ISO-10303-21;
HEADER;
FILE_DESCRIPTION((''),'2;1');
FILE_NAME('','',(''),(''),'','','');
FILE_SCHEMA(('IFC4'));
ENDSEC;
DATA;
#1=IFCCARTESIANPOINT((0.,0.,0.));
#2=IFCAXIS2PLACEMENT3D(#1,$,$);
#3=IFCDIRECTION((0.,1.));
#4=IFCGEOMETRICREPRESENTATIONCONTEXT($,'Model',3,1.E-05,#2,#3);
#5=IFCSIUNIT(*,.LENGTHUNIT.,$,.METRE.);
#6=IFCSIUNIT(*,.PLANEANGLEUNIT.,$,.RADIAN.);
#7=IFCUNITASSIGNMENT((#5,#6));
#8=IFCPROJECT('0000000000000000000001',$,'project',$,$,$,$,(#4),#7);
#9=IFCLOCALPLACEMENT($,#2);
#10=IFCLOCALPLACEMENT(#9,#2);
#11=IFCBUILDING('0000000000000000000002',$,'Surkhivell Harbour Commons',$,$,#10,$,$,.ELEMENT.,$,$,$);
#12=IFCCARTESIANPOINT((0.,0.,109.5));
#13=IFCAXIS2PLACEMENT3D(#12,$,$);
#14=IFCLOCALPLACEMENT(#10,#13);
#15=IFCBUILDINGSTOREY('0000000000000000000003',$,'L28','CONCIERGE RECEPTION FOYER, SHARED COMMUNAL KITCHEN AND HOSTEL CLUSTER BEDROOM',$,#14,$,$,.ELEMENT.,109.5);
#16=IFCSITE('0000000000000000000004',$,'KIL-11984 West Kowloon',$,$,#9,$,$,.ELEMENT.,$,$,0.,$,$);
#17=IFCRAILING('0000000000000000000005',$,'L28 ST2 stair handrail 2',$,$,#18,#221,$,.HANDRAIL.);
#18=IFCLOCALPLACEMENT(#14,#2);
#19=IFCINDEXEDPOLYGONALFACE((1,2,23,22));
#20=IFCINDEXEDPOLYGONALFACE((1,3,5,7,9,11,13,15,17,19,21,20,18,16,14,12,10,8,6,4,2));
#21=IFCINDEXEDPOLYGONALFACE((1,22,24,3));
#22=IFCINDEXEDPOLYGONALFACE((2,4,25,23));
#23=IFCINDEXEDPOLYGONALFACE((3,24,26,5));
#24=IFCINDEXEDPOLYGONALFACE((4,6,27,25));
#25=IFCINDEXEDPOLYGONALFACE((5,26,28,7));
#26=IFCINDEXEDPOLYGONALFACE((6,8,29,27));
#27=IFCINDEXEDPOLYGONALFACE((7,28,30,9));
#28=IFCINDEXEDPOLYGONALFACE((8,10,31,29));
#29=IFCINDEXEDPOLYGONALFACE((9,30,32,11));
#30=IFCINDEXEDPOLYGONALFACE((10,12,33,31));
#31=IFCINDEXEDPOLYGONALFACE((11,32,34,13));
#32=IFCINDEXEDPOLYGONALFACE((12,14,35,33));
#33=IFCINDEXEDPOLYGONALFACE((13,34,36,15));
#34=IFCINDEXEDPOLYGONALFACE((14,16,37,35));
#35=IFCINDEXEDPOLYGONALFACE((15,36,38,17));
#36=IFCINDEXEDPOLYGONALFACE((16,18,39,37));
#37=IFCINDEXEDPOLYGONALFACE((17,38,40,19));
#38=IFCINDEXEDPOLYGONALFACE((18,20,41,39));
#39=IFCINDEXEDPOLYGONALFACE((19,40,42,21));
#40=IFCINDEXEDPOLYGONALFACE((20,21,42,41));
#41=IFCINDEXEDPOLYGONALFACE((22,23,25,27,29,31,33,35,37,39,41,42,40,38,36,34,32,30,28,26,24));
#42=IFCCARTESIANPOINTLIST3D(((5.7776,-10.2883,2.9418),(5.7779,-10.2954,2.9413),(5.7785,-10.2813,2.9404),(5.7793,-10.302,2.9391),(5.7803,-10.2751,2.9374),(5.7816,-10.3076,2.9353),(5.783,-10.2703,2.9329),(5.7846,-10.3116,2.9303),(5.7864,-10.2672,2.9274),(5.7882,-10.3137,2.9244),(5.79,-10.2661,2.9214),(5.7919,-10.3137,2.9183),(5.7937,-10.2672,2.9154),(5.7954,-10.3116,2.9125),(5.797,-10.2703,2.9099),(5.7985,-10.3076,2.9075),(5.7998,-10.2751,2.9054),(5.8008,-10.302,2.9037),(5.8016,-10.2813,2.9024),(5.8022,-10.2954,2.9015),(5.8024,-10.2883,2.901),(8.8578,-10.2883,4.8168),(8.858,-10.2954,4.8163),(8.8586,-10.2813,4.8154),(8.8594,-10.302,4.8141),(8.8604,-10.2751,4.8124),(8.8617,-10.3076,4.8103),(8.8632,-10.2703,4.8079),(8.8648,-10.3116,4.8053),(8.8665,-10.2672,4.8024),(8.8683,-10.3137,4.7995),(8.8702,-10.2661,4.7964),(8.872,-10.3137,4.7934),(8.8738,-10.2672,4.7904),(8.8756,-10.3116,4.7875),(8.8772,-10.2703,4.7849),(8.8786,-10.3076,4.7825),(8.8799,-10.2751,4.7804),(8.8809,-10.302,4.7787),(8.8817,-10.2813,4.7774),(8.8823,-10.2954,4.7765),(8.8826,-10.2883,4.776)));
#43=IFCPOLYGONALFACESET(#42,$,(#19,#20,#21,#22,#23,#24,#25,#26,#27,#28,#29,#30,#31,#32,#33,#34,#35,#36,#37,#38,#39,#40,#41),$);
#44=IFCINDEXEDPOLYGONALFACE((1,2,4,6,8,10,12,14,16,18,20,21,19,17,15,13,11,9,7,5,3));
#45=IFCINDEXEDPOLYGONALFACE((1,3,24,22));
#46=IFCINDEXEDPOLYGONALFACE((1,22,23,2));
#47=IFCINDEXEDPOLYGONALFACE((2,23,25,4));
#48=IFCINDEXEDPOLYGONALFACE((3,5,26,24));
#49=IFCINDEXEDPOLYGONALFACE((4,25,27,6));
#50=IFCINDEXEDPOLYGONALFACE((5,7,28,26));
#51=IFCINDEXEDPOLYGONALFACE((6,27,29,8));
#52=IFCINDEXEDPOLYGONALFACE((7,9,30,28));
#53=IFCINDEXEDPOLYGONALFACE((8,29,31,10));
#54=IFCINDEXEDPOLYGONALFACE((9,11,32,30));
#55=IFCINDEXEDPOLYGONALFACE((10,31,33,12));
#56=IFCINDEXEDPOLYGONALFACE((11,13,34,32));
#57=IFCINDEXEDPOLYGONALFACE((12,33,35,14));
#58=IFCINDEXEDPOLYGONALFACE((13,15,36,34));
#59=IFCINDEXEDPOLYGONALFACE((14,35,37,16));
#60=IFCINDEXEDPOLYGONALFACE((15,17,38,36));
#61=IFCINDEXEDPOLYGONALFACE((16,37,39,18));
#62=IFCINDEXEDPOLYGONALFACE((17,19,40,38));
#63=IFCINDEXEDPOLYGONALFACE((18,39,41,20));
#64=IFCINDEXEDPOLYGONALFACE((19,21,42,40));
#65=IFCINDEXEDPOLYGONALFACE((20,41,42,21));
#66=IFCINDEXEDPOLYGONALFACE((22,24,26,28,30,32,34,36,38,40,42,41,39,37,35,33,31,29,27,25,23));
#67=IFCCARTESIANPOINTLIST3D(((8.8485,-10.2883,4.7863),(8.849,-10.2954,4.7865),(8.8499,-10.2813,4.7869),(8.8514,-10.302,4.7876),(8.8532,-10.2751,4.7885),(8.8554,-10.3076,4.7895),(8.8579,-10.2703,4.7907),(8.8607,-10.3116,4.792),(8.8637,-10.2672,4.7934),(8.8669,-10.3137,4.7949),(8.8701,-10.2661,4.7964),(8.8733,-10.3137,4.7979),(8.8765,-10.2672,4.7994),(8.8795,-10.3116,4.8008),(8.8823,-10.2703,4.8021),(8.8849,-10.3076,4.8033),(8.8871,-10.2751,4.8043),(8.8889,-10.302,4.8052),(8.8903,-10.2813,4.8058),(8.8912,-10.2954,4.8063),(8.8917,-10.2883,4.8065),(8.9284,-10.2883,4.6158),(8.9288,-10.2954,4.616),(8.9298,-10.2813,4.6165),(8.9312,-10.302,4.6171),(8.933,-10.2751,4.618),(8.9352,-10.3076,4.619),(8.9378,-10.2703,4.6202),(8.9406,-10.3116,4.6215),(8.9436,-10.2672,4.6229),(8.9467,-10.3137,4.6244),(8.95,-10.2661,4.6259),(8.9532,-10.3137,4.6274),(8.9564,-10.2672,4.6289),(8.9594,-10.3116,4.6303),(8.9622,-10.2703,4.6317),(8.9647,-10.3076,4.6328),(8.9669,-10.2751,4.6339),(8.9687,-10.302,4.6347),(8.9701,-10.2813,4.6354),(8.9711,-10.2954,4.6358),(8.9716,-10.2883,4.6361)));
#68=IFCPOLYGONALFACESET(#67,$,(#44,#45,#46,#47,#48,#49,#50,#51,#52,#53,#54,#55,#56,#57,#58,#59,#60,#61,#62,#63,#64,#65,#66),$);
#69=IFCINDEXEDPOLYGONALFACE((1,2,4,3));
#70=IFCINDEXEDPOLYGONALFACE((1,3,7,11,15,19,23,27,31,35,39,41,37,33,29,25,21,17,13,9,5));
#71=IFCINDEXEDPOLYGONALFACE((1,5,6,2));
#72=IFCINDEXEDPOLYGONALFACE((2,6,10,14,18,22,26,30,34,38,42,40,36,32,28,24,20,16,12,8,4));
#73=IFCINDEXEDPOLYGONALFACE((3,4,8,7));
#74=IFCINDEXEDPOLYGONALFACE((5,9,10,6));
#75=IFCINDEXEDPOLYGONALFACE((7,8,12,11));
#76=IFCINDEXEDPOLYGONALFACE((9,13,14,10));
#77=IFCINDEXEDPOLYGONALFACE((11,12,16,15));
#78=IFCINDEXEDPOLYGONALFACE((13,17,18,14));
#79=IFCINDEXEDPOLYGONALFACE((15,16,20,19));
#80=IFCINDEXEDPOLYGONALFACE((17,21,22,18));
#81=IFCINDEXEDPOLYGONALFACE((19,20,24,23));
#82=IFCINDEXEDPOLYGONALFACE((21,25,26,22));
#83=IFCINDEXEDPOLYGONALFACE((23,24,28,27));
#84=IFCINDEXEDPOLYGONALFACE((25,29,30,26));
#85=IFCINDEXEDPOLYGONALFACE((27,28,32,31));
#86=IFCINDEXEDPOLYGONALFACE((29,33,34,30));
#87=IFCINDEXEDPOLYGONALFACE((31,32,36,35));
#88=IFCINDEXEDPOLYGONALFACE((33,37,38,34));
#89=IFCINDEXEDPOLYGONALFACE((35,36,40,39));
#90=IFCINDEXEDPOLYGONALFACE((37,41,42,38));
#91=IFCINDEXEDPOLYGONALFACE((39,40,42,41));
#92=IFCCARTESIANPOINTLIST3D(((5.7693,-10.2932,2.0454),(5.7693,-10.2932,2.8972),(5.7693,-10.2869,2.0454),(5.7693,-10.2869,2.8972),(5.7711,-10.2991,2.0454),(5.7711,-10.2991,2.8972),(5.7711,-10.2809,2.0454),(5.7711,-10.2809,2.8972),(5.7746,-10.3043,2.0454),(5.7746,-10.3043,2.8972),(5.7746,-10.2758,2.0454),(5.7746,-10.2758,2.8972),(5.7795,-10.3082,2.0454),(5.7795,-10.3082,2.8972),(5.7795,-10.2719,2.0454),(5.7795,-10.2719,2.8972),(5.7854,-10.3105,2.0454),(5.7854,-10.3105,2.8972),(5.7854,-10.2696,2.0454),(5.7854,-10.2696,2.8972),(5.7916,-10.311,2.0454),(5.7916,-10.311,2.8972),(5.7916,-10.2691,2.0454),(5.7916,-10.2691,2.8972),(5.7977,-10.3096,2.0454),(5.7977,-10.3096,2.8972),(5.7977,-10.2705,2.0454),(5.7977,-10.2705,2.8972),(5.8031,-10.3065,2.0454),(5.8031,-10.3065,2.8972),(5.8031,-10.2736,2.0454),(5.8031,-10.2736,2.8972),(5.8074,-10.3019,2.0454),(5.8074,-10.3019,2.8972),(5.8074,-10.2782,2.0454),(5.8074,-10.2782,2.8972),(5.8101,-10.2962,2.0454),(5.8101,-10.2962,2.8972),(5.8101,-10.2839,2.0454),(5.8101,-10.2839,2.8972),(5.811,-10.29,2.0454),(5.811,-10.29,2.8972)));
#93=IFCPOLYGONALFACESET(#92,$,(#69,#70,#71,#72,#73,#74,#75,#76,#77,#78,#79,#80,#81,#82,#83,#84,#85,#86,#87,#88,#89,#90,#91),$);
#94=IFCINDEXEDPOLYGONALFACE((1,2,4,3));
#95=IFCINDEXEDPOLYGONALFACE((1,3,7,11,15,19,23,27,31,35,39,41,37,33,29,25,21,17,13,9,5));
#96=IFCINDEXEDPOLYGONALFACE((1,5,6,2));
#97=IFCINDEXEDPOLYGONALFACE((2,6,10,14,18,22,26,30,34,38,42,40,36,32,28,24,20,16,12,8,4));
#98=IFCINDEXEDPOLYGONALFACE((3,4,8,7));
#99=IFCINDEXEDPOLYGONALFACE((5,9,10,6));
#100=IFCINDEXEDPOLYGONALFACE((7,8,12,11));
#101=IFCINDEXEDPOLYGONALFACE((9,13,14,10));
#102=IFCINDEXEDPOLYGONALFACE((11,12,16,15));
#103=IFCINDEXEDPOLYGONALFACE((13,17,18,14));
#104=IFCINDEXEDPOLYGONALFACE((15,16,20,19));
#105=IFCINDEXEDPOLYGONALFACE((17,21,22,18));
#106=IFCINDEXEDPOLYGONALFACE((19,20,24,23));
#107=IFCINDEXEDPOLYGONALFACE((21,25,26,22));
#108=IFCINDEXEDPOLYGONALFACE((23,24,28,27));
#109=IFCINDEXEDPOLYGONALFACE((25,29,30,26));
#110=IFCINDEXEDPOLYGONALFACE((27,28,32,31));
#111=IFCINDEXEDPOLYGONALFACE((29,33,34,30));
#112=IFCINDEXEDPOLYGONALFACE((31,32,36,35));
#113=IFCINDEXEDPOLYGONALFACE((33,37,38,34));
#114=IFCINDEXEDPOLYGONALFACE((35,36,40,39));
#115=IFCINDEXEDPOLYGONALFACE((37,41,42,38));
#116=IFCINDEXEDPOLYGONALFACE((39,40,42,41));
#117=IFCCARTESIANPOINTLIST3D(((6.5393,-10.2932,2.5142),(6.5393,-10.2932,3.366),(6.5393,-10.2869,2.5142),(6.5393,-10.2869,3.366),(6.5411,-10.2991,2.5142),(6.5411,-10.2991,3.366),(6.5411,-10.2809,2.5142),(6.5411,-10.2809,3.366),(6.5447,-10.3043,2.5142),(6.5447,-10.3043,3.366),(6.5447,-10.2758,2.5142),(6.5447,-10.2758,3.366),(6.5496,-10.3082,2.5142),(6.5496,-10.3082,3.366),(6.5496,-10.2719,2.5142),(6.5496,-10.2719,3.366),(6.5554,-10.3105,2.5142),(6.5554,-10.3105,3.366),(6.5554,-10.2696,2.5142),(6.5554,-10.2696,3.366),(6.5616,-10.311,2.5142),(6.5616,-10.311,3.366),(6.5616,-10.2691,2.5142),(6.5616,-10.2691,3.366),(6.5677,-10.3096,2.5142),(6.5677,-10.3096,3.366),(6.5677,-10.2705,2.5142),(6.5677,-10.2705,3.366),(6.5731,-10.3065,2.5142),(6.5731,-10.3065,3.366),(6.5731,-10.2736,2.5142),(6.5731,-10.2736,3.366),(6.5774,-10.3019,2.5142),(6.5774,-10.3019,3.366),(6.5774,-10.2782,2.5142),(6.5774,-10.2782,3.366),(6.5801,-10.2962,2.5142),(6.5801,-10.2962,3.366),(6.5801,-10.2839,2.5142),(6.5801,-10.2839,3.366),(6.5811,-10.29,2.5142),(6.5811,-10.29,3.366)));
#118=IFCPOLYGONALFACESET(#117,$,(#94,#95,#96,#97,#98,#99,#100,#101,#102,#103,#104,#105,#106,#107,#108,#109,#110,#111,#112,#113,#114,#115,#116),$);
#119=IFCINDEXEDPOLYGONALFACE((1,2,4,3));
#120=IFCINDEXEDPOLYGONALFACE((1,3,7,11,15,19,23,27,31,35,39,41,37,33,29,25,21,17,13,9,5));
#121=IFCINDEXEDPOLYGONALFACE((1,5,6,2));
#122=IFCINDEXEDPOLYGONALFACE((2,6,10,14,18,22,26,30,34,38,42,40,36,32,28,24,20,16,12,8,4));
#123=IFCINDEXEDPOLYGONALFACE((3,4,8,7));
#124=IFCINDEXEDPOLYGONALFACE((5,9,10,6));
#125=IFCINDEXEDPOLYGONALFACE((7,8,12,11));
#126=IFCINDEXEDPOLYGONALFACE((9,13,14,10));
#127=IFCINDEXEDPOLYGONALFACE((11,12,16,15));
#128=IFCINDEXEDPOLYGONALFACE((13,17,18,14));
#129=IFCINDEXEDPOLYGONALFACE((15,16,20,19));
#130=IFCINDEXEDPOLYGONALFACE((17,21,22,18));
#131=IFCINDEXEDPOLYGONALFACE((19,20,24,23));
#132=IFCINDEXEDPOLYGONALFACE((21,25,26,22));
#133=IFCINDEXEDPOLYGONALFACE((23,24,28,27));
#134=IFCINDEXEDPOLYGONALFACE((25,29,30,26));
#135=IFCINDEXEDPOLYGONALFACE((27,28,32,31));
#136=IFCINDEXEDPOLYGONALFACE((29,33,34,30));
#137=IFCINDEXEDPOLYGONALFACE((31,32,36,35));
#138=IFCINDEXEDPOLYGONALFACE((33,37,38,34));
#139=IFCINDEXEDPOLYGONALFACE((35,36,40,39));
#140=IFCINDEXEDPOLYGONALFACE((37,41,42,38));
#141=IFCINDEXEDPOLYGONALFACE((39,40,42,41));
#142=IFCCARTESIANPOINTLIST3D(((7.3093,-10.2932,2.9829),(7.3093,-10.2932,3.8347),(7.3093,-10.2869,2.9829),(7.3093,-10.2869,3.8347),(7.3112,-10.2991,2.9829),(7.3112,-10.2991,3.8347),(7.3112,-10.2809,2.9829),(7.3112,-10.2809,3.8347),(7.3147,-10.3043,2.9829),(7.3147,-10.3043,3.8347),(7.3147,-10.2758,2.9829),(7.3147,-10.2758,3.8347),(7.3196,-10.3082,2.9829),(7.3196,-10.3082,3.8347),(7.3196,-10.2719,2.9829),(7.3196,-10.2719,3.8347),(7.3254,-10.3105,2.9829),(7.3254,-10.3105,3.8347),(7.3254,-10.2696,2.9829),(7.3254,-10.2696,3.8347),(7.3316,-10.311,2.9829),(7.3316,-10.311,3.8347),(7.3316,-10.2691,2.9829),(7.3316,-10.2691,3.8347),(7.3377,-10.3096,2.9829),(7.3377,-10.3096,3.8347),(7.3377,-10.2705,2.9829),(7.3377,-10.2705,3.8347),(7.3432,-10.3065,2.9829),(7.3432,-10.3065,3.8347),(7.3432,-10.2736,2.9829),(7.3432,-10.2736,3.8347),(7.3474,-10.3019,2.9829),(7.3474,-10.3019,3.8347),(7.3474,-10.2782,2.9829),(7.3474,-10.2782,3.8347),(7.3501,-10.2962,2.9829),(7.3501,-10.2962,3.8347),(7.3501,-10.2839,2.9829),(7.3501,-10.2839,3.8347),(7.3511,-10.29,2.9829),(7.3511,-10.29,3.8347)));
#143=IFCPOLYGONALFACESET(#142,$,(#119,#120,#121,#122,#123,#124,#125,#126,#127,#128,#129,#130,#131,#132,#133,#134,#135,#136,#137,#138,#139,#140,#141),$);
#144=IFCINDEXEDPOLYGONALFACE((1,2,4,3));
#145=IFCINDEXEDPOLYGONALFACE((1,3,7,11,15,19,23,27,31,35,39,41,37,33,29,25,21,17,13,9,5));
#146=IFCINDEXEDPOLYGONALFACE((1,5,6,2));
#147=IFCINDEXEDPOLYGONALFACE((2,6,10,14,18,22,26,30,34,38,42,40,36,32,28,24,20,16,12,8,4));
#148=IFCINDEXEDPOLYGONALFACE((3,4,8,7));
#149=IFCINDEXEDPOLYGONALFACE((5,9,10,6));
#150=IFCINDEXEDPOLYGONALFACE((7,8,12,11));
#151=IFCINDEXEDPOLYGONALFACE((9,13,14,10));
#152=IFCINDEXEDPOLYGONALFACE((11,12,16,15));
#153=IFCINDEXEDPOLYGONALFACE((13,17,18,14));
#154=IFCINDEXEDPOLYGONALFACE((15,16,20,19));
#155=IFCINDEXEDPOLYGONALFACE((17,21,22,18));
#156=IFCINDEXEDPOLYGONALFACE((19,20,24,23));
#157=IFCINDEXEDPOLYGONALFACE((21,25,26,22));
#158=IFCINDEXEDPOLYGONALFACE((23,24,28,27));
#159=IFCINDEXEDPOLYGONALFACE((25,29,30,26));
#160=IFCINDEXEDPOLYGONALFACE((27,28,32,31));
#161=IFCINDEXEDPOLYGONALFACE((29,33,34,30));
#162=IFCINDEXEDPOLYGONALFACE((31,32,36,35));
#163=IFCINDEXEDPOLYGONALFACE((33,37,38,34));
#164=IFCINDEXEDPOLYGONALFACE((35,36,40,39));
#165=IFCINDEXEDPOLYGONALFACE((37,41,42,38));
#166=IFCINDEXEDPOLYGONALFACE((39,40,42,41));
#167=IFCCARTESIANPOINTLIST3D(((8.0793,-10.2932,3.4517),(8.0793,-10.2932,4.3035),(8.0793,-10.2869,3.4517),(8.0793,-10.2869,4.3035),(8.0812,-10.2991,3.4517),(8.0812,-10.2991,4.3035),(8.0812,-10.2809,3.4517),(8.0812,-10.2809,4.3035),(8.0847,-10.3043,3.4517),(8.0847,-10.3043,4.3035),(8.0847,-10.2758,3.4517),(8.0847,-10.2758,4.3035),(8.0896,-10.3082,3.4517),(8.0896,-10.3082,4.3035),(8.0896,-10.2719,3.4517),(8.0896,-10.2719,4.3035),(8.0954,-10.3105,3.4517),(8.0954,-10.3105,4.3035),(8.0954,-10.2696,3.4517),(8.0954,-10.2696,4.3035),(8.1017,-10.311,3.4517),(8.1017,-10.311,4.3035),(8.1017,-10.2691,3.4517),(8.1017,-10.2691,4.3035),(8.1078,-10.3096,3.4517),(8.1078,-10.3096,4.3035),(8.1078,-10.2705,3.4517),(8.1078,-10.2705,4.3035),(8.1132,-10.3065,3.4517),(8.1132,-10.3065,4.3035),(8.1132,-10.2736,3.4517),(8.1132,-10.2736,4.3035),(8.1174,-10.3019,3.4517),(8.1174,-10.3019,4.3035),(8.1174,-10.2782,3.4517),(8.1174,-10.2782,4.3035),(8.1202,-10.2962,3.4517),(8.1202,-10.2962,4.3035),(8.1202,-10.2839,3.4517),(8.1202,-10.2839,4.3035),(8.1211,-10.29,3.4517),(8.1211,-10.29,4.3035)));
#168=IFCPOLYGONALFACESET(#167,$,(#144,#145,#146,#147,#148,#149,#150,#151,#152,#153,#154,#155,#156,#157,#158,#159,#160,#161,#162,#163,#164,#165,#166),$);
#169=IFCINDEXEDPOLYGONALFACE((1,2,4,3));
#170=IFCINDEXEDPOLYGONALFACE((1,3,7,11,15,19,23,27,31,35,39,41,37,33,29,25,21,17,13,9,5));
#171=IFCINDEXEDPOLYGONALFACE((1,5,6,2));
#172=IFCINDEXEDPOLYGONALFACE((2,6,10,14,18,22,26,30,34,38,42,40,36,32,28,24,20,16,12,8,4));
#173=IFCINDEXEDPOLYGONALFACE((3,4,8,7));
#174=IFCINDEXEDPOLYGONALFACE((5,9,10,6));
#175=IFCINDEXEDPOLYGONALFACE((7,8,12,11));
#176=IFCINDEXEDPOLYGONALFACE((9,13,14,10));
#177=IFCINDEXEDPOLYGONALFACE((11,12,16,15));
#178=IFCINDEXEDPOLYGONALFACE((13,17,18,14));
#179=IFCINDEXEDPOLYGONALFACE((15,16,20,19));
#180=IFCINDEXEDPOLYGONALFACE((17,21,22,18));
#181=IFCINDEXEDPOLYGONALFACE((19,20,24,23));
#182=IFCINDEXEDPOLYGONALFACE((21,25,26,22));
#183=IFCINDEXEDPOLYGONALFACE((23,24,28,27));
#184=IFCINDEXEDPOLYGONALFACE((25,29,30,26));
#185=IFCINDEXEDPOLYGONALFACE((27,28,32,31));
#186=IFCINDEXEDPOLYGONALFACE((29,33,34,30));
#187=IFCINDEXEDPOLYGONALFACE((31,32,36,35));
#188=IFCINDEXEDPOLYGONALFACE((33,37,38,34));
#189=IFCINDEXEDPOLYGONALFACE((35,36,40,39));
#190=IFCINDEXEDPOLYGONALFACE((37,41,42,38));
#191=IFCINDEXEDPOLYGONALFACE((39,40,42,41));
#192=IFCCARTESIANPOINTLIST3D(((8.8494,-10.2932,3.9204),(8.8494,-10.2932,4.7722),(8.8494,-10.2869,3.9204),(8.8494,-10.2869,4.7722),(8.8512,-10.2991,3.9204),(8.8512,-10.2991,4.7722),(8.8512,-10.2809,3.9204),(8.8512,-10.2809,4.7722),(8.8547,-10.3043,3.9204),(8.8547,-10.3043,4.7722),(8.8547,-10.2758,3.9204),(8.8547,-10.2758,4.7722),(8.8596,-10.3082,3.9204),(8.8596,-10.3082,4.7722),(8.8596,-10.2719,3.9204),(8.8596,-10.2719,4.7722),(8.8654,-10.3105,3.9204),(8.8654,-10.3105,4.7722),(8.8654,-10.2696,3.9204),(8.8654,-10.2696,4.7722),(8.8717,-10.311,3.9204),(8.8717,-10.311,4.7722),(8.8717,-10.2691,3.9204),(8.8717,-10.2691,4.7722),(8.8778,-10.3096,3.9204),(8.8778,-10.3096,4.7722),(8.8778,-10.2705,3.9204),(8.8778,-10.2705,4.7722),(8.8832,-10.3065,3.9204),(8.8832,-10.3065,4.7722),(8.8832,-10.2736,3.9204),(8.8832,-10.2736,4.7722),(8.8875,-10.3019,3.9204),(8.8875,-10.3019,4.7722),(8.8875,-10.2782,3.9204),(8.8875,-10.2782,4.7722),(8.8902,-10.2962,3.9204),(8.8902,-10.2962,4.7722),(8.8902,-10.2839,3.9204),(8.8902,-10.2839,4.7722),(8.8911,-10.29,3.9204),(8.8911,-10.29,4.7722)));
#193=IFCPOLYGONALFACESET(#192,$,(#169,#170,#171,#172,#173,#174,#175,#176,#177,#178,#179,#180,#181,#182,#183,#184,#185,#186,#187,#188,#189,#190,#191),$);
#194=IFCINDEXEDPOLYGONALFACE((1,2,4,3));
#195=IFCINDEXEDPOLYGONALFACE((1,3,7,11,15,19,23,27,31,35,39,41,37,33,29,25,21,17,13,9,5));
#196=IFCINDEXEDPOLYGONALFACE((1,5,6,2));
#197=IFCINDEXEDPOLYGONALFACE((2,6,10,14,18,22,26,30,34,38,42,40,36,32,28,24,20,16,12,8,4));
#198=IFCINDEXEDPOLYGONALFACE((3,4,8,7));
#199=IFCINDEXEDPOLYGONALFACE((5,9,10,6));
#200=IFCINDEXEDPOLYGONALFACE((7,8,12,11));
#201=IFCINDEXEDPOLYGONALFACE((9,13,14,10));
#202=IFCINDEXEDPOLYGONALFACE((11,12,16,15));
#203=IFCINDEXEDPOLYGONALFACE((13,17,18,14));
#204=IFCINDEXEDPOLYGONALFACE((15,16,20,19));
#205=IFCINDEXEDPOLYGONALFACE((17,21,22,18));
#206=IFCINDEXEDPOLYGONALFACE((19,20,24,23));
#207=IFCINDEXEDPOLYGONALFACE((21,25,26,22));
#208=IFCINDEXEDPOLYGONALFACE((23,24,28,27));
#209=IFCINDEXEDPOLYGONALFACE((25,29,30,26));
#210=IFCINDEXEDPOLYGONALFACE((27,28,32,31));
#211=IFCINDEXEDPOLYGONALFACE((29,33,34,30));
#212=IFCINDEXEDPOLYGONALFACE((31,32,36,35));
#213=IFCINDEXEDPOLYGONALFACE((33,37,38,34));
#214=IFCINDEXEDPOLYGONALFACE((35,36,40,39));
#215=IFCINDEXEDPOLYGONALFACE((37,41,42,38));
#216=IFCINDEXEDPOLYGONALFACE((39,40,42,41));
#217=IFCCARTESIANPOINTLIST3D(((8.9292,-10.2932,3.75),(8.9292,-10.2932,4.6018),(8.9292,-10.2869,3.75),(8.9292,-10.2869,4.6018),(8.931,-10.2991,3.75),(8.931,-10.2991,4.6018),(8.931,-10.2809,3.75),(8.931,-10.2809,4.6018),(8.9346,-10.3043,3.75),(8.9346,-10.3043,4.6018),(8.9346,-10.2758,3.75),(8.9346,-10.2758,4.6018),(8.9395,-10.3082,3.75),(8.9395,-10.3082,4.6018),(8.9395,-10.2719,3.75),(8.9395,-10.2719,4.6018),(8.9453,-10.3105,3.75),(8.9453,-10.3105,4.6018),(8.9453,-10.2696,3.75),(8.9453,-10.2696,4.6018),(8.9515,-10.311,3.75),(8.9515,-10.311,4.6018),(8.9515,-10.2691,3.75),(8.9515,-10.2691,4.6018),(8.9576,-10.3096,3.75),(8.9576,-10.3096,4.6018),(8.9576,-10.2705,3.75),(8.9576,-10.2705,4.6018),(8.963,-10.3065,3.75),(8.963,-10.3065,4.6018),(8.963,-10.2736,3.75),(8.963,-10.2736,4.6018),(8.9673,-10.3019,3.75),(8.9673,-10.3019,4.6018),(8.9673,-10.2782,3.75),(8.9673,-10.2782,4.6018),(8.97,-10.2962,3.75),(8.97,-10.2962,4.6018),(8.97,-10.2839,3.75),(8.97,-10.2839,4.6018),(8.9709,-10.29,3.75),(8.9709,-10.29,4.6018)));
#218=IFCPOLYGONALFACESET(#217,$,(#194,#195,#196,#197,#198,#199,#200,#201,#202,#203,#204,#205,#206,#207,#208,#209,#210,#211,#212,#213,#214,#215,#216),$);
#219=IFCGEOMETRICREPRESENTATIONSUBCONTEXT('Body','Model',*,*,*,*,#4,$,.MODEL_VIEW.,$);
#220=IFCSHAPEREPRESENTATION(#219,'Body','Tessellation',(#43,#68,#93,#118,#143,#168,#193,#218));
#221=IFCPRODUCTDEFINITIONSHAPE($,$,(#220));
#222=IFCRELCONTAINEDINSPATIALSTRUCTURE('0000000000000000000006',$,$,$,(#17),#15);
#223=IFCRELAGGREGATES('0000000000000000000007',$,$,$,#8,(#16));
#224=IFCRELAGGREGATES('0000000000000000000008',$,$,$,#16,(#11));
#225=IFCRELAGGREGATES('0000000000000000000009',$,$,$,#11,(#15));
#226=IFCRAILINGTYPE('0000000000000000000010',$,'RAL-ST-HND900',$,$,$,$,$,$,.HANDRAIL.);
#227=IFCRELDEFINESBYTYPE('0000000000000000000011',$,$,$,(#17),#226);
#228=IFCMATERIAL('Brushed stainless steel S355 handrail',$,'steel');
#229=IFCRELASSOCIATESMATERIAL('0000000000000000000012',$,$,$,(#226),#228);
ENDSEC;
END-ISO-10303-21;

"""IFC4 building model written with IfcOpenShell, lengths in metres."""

from ifc_helpers import new_model, si_unit, direction, frame, origin, origin_2d, place, context, subcontext, project, spatial, circle, extrude, material, type_object, element, save


model = new_model("IFC4")

# Units and contexts
model_context = context("Model", 3, precision=1e-05, world=origin(), true_north=direction((0.0, 1.0)))
body_context = subcontext(model_context, "Body", "Model", "MODEL_VIEW")
ifc_project = project(units=[si_unit("LENGTHUNIT", "METRE"), si_unit("PLANEANGLEUNIT", "RADIAN")], contexts=[model_context])

# Site, building, storey
site_placement = place(None, origin())
site = spatial("IfcSite", under=ifc_project, at=site_placement, Name="KIL-11984 West Kowloon", CompositionType="ELEMENT", RefElevation=0.0)
building_placement = place(site_placement, origin())
building = spatial("IfcBuilding", under=site, at=building_placement, Name="Surkhivell Harbour Commons", CompositionType="ELEMENT")
storey_placement = place(building_placement, frame((0.0, 0.0, 109.5)))
storey = spatial("IfcBuildingStorey", under=building, at=storey_placement, Name="L28", Description="CONCIERGE RECEPTION FOYER, SHARED COMMUNAL KITCHEN AND HOSTEL CLUSTER BEDROOM", CompositionType="ELEMENT", Elevation=109.5)

# Railing
ifc_material_1 = material(Name="Brushed stainless steel S355 handrail", Category="steel")
railing_type_1 = type_object("IfcRailingType", Name="RAL-ST-HND900", PredefinedType="HANDRAIL", material=ifc_material_1)
railing_1_placement = place(storey_placement, frame((5.79, -10.29, 2.0454)))
element("IfcRailing", 1, at=railing_1_placement, inside=storey, type_object=railing_type_1, Name="L28 ST2 stair handrail 2", PredefinedType="HANDRAIL", context=body_context, shape_type="SweptSolid", body=[
    extrude(circle(Radius=0.0239, at=origin_2d()), frame((0.0, 0.0, 0.876), z_axis=(0.854178, 0.0, 0.519981), x_axis=(0.0, 1.0, 0.0)), (0.0, 0.0, 1.0), 3.606),
    extrude(circle(Radius=0.0239, at=origin_2d()), frame((3.0801, 0.0, 2.751), z_axis=(0.424234, 0.0, -0.905552), x_axis=(0.0, 1.0, 0.0)), (0.0, 0.0, 1.0), 0.1882),
    extrude(circle(Radius=0.021, at=origin_2d()), origin(), (0.0, 0.0, 1.0), 0.8518),
    extrude(circle(Radius=0.021, at=origin_2d()), frame((0.77, 0.0, 0.4688)), (0.0, 0.0, 1.0), 0.8518),
    extrude(circle(Radius=0.021, at=origin_2d()), frame((1.54, 0.0, 0.9375)), (0.0, 0.0, 1.0), 0.8518),
    extrude(circle(Radius=0.021, at=origin_2d()), frame((2.3101, 0.0, 1.4062)), (0.0, 0.0, 1.0), 0.8518),
    extrude(circle(Radius=0.021, at=origin_2d()), frame((3.0801, 0.0, 1.875)), (0.0, 0.0, 1.0), 0.8518),
    extrude(circle(Radius=0.021, at=origin_2d()), frame((3.1599, 0.0, 1.7046)), (0.0, 0.0, 1.0), 0.8518),
])

save(model, "model.ifc")
